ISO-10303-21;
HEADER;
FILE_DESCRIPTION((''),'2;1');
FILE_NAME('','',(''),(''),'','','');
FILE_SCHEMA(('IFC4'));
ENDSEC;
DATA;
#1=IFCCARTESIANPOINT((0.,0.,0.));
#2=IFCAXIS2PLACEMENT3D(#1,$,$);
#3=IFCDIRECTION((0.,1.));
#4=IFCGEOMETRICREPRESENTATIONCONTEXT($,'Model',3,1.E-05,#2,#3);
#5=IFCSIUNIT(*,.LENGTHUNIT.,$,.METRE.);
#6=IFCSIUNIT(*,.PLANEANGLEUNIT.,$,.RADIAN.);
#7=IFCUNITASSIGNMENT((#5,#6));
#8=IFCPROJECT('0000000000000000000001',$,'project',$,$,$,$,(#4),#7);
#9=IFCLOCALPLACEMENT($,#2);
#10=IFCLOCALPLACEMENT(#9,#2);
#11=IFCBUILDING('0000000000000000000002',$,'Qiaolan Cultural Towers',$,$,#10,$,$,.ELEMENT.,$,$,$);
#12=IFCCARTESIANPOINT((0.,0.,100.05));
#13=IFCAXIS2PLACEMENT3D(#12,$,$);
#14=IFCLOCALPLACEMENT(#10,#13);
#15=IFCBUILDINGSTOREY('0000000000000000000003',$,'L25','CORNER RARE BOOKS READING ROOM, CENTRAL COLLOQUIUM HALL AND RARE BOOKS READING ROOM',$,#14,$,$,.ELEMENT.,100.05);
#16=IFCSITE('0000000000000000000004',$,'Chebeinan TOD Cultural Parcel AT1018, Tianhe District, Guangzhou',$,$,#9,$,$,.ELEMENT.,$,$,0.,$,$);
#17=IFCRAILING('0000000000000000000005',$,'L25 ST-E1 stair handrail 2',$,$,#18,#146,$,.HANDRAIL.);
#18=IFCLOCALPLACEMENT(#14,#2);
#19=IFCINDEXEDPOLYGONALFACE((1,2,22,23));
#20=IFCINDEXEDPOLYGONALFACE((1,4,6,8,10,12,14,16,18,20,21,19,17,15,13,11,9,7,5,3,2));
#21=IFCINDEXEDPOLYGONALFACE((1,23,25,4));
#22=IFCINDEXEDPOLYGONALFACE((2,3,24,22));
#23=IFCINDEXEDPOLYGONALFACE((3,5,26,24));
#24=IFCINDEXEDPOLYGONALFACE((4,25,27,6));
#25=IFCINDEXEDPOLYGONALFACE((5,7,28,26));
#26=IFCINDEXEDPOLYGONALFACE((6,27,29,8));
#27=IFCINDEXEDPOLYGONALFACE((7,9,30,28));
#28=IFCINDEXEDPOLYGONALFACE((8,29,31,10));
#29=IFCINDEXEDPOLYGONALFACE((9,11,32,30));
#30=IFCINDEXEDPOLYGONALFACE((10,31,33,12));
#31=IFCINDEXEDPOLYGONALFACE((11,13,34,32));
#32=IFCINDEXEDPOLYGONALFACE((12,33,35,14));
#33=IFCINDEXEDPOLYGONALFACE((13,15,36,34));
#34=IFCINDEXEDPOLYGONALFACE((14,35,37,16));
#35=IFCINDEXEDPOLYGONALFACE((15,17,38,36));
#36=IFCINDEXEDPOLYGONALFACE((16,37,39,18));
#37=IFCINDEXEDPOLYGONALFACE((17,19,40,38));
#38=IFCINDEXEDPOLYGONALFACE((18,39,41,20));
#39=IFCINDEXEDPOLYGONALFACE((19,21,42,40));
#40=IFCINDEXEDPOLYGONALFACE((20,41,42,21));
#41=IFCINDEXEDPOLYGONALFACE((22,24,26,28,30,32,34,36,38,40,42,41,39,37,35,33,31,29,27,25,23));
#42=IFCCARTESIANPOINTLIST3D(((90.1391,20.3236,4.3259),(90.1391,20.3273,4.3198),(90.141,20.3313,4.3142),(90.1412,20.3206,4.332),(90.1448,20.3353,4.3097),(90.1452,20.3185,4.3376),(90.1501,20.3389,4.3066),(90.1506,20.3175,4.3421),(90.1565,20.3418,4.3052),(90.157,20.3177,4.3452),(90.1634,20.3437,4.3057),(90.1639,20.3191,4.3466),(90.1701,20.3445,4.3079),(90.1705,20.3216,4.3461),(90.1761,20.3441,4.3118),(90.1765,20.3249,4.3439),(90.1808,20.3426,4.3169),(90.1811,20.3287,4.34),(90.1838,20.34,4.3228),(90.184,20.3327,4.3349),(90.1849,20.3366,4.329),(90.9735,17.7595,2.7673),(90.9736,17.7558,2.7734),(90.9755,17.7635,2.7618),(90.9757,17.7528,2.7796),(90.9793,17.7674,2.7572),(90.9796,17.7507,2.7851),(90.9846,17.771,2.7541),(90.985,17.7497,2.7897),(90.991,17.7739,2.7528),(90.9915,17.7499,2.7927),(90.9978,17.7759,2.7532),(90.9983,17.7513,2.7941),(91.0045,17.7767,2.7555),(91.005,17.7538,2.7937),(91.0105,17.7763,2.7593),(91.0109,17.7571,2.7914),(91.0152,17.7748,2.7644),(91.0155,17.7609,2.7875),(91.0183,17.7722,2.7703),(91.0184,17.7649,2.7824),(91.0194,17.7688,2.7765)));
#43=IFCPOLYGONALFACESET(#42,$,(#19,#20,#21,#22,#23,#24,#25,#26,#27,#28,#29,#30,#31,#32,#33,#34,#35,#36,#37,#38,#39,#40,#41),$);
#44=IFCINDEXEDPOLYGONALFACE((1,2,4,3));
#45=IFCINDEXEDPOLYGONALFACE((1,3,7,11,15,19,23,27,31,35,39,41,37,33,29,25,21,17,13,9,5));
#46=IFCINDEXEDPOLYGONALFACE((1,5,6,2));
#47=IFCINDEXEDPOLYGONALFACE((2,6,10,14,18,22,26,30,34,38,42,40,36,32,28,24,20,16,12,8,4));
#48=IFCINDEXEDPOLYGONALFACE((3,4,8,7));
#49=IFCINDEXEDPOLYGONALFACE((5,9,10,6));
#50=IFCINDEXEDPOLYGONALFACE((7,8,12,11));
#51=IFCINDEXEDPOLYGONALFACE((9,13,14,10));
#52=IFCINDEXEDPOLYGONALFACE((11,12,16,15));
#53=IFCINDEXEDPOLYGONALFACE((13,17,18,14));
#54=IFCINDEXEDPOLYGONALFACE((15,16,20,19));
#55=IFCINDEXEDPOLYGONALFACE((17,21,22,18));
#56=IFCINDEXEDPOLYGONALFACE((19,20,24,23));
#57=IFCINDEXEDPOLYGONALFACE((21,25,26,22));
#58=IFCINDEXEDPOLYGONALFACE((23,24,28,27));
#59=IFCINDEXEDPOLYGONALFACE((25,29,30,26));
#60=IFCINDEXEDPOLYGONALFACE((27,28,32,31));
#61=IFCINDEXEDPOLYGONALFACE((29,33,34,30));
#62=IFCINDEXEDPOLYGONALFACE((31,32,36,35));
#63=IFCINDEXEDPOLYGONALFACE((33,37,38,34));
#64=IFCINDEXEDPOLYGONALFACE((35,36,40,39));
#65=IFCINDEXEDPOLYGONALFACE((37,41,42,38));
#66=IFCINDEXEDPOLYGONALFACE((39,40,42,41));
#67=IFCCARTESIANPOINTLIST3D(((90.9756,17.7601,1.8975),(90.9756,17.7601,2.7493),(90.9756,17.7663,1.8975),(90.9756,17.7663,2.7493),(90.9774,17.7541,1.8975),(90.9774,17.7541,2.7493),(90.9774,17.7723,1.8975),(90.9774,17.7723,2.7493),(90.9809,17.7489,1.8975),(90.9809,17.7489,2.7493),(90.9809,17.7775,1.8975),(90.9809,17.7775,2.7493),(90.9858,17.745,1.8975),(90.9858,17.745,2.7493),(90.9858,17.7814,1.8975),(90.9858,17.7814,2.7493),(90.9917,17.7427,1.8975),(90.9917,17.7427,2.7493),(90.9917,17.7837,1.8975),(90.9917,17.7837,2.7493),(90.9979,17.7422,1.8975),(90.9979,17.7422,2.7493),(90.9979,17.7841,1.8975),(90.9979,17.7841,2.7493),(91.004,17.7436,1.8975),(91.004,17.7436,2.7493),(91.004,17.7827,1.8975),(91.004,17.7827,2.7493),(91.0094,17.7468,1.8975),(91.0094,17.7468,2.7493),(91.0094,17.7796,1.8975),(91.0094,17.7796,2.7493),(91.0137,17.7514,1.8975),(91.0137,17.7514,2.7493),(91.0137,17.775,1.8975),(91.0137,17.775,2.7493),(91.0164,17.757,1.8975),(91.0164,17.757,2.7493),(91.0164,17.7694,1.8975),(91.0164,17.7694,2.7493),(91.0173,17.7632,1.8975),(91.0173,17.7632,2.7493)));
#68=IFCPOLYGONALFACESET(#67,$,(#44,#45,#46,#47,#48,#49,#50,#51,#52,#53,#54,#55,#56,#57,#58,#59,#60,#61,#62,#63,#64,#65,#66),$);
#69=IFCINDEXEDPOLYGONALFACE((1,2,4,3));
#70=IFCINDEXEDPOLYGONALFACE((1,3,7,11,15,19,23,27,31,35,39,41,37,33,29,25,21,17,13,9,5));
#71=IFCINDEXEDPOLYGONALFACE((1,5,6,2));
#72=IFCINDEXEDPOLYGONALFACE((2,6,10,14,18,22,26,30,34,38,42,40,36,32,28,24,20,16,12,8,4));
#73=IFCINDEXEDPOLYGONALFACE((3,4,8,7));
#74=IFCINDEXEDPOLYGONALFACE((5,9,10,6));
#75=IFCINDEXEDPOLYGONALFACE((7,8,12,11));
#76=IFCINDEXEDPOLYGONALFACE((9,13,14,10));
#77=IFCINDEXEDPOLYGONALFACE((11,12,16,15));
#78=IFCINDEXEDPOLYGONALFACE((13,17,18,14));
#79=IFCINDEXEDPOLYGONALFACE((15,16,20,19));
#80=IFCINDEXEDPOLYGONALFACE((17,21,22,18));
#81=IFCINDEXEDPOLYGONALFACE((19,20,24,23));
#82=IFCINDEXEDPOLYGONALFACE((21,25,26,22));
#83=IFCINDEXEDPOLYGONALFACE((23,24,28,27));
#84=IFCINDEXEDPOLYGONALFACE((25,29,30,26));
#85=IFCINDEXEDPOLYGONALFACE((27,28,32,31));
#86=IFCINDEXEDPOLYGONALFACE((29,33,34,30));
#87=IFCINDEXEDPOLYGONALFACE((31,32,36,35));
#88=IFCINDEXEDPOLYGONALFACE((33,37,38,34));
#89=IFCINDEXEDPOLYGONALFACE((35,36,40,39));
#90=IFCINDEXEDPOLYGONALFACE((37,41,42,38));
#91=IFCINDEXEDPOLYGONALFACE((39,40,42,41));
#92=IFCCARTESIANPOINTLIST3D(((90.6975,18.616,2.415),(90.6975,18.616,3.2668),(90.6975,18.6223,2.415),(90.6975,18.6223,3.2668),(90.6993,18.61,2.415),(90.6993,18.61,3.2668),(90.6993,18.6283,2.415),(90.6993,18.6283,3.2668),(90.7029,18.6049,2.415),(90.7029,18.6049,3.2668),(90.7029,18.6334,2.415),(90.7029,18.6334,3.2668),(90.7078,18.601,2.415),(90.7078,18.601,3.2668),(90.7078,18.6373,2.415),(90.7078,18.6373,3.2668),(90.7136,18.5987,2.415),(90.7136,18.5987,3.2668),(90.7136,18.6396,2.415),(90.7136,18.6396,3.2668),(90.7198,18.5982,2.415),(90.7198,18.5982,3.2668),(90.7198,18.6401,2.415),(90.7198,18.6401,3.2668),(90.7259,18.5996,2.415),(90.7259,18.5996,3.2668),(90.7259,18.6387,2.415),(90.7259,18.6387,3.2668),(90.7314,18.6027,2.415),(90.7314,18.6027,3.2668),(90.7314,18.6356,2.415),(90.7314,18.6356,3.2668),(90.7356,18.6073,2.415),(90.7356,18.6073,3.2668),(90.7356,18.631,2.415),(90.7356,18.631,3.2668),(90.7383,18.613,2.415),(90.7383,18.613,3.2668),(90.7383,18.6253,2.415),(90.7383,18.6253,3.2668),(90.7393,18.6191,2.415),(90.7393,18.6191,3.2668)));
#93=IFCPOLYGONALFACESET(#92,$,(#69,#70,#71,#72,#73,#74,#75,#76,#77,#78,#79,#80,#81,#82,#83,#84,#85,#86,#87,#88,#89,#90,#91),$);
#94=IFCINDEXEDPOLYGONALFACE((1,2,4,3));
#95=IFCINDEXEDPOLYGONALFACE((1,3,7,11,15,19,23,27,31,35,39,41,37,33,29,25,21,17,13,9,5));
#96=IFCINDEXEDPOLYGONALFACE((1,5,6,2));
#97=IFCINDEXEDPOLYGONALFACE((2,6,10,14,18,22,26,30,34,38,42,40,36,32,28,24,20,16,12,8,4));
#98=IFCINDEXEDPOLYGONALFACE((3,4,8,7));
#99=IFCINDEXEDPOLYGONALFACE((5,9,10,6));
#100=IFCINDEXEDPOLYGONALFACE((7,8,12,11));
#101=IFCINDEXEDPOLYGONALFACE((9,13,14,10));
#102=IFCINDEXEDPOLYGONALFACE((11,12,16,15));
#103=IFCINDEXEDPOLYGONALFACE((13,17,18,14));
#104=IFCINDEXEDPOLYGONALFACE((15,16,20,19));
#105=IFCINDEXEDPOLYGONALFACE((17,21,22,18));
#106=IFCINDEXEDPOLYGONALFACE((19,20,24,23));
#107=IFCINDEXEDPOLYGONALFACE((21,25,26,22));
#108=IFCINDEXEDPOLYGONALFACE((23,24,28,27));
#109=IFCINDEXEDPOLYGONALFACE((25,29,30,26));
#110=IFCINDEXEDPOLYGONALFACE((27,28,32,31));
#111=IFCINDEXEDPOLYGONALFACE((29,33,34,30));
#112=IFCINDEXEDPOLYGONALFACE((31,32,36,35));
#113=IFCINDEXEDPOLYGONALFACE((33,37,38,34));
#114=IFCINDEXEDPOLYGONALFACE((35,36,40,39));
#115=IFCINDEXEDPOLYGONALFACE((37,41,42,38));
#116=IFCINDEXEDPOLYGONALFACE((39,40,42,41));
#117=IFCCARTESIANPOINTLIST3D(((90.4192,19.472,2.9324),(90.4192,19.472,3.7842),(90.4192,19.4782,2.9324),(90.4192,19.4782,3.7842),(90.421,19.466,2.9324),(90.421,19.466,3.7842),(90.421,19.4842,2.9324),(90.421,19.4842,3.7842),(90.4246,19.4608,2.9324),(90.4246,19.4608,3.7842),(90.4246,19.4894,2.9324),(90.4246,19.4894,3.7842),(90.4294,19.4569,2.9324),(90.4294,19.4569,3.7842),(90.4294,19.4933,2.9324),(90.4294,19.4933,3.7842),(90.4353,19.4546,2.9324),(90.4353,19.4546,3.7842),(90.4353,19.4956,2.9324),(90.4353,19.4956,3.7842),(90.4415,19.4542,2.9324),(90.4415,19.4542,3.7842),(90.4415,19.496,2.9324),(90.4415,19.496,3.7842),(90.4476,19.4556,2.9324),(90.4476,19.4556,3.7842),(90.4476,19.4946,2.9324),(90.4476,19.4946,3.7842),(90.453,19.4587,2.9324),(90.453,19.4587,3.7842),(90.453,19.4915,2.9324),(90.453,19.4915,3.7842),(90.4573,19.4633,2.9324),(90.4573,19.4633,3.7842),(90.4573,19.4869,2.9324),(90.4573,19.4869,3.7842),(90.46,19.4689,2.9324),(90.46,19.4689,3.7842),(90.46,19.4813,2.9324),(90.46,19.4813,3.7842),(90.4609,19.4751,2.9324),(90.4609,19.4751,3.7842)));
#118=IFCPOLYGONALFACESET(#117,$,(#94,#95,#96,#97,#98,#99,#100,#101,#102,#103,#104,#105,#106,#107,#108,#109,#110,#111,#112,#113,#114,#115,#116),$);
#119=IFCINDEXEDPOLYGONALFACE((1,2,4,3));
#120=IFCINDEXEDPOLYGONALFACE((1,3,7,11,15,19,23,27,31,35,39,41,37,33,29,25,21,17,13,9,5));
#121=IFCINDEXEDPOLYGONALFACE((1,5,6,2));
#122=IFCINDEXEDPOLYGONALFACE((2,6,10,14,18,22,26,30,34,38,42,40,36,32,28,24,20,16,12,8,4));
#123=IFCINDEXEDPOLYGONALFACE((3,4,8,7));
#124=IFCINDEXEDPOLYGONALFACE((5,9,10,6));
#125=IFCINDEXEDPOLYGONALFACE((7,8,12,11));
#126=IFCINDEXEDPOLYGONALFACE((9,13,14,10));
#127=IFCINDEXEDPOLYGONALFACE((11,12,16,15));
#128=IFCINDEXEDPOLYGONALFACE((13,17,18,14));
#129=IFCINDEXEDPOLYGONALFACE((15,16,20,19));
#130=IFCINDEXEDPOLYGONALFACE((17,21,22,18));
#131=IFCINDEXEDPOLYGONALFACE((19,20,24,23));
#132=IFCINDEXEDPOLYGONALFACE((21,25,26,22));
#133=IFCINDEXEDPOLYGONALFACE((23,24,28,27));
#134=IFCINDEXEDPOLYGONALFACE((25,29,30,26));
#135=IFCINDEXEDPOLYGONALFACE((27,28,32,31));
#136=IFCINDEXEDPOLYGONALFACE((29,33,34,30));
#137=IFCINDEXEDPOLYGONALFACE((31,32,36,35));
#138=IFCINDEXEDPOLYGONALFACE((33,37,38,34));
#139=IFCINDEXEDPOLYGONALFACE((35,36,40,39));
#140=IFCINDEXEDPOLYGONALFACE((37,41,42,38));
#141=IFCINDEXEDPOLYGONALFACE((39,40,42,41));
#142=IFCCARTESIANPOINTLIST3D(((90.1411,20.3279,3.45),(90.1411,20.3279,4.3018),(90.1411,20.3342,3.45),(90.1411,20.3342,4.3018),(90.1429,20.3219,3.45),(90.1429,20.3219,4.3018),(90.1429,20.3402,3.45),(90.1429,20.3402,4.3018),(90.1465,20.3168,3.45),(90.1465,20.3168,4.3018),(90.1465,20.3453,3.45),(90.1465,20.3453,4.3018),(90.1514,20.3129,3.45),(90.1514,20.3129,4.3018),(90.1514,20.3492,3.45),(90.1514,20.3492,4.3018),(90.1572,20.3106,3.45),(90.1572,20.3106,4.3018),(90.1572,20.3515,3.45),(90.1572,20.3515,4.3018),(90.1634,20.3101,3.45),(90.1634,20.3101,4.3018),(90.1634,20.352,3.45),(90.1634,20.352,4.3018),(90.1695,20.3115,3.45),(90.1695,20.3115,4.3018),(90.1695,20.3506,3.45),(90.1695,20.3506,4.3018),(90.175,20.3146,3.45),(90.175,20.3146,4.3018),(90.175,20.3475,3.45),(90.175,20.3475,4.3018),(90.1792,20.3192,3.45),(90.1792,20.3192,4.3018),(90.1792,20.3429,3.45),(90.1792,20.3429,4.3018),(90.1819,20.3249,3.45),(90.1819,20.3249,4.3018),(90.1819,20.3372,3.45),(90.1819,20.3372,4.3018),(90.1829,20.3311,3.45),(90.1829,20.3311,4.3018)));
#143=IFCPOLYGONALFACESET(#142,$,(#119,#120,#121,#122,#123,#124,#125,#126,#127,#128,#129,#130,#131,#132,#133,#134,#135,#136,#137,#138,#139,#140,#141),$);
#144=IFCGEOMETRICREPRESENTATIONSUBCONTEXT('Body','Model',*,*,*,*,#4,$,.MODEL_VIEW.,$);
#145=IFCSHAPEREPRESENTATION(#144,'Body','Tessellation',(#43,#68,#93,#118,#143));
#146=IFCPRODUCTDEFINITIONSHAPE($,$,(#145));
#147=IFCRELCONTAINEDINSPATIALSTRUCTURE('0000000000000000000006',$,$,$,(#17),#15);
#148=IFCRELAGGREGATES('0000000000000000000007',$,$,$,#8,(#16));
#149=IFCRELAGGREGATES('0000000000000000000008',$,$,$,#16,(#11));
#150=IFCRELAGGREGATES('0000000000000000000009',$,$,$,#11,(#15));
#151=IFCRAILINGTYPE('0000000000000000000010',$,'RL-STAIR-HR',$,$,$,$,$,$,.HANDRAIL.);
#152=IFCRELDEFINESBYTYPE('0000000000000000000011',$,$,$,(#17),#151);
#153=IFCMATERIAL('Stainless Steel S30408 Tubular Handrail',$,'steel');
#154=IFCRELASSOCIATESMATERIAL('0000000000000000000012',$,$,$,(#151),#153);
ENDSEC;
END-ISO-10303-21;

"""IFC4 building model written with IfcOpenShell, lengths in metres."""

from ifc_helpers import new_model, si_unit, direction, frame, origin, origin_2d, place, context, subcontext, project, spatial, circle, extrude, material, type_object, element, save


model = new_model("IFC4")

# Units and contexts
model_context = context("Model", 3, precision=1e-05, world=origin(), true_north=direction((0.0, 1.0)))
body_context = subcontext(model_context, "Body", "Model", "MODEL_VIEW")
ifc_project = project(units=[si_unit("LENGTHUNIT", "METRE"), si_unit("PLANEANGLEUNIT", "RADIAN")], contexts=[model_context])

# Site, building, storey
site_placement = place(None, origin())
site = spatial("IfcSite", under=ifc_project, at=site_placement, Name="Chebeinan TOD Cultural Parcel AT1018, Tianhe District, Guangzhou", CompositionType="ELEMENT", RefElevation=0.0)
building_placement = place(site_placement, origin())
building = spatial("IfcBuilding", under=site, at=building_placement, Name="Qiaolan Cultural Towers", CompositionType="ELEMENT")
storey_placement = place(building_placement, frame((0.0, 0.0, 100.05)))
storey = spatial("IfcBuildingStorey", under=building, at=storey_placement, Name="L25", Description="CORNER RARE BOOKS READING ROOM, CENTRAL COLLOQUIUM HALL AND RARE BOOKS READING ROOM", CompositionType="ELEMENT", Elevation=100.05)

# Railing
ifc_material_1 = material(Name="Stainless Steel S30408 Tubular Handrail", Category="steel")
railing_type_1 = type_object("IfcRailingType", Name="RL-STAIR-HR", PredefinedType="HANDRAIL", material=ifc_material_1)
railing_1_placement = place(storey_placement, frame((90.9963, 17.7632, 1.8975)))
element("IfcRailing", 1, at=railing_1_placement, inside=storey, type_object=railing_type_1, Name="L25 ST-E1 stair handrail 2", PredefinedType="HANDRAIL", context=body_context, shape_type="SweptSolid", body=[
    extrude(circle(Radius=0.0239, at=origin_2d()), frame((0.0, 0.0, 0.876), z_axis=(-0.267926, 0.824471, 0.498461), x_axis=(-0.951043, -0.309057, 0.0)), (0.0, 0.0, 1.0), 3.1145),
    extrude(circle(Radius=0.021, at=origin_2d()), origin(), (0.0, 0.0, 1.0), 0.8518),
    extrude(circle(Radius=0.021, at=origin_2d()), frame((-0.2781, 0.856, 0.5176)), (0.0, 0.0, 1.0), 0.8518),
    extrude(circle(Radius=0.021, at=origin_2d()), frame((-0.5564, 1.7119, 1.0349)), (0.0, 0.0, 1.0), 0.8518),
    extrude(circle(Radius=0.021, at=origin_2d()), frame((-0.8345, 2.5679, 1.5525)), (0.0, 0.0, 1.0), 0.8518),
])

save(model, "model.ifc")
